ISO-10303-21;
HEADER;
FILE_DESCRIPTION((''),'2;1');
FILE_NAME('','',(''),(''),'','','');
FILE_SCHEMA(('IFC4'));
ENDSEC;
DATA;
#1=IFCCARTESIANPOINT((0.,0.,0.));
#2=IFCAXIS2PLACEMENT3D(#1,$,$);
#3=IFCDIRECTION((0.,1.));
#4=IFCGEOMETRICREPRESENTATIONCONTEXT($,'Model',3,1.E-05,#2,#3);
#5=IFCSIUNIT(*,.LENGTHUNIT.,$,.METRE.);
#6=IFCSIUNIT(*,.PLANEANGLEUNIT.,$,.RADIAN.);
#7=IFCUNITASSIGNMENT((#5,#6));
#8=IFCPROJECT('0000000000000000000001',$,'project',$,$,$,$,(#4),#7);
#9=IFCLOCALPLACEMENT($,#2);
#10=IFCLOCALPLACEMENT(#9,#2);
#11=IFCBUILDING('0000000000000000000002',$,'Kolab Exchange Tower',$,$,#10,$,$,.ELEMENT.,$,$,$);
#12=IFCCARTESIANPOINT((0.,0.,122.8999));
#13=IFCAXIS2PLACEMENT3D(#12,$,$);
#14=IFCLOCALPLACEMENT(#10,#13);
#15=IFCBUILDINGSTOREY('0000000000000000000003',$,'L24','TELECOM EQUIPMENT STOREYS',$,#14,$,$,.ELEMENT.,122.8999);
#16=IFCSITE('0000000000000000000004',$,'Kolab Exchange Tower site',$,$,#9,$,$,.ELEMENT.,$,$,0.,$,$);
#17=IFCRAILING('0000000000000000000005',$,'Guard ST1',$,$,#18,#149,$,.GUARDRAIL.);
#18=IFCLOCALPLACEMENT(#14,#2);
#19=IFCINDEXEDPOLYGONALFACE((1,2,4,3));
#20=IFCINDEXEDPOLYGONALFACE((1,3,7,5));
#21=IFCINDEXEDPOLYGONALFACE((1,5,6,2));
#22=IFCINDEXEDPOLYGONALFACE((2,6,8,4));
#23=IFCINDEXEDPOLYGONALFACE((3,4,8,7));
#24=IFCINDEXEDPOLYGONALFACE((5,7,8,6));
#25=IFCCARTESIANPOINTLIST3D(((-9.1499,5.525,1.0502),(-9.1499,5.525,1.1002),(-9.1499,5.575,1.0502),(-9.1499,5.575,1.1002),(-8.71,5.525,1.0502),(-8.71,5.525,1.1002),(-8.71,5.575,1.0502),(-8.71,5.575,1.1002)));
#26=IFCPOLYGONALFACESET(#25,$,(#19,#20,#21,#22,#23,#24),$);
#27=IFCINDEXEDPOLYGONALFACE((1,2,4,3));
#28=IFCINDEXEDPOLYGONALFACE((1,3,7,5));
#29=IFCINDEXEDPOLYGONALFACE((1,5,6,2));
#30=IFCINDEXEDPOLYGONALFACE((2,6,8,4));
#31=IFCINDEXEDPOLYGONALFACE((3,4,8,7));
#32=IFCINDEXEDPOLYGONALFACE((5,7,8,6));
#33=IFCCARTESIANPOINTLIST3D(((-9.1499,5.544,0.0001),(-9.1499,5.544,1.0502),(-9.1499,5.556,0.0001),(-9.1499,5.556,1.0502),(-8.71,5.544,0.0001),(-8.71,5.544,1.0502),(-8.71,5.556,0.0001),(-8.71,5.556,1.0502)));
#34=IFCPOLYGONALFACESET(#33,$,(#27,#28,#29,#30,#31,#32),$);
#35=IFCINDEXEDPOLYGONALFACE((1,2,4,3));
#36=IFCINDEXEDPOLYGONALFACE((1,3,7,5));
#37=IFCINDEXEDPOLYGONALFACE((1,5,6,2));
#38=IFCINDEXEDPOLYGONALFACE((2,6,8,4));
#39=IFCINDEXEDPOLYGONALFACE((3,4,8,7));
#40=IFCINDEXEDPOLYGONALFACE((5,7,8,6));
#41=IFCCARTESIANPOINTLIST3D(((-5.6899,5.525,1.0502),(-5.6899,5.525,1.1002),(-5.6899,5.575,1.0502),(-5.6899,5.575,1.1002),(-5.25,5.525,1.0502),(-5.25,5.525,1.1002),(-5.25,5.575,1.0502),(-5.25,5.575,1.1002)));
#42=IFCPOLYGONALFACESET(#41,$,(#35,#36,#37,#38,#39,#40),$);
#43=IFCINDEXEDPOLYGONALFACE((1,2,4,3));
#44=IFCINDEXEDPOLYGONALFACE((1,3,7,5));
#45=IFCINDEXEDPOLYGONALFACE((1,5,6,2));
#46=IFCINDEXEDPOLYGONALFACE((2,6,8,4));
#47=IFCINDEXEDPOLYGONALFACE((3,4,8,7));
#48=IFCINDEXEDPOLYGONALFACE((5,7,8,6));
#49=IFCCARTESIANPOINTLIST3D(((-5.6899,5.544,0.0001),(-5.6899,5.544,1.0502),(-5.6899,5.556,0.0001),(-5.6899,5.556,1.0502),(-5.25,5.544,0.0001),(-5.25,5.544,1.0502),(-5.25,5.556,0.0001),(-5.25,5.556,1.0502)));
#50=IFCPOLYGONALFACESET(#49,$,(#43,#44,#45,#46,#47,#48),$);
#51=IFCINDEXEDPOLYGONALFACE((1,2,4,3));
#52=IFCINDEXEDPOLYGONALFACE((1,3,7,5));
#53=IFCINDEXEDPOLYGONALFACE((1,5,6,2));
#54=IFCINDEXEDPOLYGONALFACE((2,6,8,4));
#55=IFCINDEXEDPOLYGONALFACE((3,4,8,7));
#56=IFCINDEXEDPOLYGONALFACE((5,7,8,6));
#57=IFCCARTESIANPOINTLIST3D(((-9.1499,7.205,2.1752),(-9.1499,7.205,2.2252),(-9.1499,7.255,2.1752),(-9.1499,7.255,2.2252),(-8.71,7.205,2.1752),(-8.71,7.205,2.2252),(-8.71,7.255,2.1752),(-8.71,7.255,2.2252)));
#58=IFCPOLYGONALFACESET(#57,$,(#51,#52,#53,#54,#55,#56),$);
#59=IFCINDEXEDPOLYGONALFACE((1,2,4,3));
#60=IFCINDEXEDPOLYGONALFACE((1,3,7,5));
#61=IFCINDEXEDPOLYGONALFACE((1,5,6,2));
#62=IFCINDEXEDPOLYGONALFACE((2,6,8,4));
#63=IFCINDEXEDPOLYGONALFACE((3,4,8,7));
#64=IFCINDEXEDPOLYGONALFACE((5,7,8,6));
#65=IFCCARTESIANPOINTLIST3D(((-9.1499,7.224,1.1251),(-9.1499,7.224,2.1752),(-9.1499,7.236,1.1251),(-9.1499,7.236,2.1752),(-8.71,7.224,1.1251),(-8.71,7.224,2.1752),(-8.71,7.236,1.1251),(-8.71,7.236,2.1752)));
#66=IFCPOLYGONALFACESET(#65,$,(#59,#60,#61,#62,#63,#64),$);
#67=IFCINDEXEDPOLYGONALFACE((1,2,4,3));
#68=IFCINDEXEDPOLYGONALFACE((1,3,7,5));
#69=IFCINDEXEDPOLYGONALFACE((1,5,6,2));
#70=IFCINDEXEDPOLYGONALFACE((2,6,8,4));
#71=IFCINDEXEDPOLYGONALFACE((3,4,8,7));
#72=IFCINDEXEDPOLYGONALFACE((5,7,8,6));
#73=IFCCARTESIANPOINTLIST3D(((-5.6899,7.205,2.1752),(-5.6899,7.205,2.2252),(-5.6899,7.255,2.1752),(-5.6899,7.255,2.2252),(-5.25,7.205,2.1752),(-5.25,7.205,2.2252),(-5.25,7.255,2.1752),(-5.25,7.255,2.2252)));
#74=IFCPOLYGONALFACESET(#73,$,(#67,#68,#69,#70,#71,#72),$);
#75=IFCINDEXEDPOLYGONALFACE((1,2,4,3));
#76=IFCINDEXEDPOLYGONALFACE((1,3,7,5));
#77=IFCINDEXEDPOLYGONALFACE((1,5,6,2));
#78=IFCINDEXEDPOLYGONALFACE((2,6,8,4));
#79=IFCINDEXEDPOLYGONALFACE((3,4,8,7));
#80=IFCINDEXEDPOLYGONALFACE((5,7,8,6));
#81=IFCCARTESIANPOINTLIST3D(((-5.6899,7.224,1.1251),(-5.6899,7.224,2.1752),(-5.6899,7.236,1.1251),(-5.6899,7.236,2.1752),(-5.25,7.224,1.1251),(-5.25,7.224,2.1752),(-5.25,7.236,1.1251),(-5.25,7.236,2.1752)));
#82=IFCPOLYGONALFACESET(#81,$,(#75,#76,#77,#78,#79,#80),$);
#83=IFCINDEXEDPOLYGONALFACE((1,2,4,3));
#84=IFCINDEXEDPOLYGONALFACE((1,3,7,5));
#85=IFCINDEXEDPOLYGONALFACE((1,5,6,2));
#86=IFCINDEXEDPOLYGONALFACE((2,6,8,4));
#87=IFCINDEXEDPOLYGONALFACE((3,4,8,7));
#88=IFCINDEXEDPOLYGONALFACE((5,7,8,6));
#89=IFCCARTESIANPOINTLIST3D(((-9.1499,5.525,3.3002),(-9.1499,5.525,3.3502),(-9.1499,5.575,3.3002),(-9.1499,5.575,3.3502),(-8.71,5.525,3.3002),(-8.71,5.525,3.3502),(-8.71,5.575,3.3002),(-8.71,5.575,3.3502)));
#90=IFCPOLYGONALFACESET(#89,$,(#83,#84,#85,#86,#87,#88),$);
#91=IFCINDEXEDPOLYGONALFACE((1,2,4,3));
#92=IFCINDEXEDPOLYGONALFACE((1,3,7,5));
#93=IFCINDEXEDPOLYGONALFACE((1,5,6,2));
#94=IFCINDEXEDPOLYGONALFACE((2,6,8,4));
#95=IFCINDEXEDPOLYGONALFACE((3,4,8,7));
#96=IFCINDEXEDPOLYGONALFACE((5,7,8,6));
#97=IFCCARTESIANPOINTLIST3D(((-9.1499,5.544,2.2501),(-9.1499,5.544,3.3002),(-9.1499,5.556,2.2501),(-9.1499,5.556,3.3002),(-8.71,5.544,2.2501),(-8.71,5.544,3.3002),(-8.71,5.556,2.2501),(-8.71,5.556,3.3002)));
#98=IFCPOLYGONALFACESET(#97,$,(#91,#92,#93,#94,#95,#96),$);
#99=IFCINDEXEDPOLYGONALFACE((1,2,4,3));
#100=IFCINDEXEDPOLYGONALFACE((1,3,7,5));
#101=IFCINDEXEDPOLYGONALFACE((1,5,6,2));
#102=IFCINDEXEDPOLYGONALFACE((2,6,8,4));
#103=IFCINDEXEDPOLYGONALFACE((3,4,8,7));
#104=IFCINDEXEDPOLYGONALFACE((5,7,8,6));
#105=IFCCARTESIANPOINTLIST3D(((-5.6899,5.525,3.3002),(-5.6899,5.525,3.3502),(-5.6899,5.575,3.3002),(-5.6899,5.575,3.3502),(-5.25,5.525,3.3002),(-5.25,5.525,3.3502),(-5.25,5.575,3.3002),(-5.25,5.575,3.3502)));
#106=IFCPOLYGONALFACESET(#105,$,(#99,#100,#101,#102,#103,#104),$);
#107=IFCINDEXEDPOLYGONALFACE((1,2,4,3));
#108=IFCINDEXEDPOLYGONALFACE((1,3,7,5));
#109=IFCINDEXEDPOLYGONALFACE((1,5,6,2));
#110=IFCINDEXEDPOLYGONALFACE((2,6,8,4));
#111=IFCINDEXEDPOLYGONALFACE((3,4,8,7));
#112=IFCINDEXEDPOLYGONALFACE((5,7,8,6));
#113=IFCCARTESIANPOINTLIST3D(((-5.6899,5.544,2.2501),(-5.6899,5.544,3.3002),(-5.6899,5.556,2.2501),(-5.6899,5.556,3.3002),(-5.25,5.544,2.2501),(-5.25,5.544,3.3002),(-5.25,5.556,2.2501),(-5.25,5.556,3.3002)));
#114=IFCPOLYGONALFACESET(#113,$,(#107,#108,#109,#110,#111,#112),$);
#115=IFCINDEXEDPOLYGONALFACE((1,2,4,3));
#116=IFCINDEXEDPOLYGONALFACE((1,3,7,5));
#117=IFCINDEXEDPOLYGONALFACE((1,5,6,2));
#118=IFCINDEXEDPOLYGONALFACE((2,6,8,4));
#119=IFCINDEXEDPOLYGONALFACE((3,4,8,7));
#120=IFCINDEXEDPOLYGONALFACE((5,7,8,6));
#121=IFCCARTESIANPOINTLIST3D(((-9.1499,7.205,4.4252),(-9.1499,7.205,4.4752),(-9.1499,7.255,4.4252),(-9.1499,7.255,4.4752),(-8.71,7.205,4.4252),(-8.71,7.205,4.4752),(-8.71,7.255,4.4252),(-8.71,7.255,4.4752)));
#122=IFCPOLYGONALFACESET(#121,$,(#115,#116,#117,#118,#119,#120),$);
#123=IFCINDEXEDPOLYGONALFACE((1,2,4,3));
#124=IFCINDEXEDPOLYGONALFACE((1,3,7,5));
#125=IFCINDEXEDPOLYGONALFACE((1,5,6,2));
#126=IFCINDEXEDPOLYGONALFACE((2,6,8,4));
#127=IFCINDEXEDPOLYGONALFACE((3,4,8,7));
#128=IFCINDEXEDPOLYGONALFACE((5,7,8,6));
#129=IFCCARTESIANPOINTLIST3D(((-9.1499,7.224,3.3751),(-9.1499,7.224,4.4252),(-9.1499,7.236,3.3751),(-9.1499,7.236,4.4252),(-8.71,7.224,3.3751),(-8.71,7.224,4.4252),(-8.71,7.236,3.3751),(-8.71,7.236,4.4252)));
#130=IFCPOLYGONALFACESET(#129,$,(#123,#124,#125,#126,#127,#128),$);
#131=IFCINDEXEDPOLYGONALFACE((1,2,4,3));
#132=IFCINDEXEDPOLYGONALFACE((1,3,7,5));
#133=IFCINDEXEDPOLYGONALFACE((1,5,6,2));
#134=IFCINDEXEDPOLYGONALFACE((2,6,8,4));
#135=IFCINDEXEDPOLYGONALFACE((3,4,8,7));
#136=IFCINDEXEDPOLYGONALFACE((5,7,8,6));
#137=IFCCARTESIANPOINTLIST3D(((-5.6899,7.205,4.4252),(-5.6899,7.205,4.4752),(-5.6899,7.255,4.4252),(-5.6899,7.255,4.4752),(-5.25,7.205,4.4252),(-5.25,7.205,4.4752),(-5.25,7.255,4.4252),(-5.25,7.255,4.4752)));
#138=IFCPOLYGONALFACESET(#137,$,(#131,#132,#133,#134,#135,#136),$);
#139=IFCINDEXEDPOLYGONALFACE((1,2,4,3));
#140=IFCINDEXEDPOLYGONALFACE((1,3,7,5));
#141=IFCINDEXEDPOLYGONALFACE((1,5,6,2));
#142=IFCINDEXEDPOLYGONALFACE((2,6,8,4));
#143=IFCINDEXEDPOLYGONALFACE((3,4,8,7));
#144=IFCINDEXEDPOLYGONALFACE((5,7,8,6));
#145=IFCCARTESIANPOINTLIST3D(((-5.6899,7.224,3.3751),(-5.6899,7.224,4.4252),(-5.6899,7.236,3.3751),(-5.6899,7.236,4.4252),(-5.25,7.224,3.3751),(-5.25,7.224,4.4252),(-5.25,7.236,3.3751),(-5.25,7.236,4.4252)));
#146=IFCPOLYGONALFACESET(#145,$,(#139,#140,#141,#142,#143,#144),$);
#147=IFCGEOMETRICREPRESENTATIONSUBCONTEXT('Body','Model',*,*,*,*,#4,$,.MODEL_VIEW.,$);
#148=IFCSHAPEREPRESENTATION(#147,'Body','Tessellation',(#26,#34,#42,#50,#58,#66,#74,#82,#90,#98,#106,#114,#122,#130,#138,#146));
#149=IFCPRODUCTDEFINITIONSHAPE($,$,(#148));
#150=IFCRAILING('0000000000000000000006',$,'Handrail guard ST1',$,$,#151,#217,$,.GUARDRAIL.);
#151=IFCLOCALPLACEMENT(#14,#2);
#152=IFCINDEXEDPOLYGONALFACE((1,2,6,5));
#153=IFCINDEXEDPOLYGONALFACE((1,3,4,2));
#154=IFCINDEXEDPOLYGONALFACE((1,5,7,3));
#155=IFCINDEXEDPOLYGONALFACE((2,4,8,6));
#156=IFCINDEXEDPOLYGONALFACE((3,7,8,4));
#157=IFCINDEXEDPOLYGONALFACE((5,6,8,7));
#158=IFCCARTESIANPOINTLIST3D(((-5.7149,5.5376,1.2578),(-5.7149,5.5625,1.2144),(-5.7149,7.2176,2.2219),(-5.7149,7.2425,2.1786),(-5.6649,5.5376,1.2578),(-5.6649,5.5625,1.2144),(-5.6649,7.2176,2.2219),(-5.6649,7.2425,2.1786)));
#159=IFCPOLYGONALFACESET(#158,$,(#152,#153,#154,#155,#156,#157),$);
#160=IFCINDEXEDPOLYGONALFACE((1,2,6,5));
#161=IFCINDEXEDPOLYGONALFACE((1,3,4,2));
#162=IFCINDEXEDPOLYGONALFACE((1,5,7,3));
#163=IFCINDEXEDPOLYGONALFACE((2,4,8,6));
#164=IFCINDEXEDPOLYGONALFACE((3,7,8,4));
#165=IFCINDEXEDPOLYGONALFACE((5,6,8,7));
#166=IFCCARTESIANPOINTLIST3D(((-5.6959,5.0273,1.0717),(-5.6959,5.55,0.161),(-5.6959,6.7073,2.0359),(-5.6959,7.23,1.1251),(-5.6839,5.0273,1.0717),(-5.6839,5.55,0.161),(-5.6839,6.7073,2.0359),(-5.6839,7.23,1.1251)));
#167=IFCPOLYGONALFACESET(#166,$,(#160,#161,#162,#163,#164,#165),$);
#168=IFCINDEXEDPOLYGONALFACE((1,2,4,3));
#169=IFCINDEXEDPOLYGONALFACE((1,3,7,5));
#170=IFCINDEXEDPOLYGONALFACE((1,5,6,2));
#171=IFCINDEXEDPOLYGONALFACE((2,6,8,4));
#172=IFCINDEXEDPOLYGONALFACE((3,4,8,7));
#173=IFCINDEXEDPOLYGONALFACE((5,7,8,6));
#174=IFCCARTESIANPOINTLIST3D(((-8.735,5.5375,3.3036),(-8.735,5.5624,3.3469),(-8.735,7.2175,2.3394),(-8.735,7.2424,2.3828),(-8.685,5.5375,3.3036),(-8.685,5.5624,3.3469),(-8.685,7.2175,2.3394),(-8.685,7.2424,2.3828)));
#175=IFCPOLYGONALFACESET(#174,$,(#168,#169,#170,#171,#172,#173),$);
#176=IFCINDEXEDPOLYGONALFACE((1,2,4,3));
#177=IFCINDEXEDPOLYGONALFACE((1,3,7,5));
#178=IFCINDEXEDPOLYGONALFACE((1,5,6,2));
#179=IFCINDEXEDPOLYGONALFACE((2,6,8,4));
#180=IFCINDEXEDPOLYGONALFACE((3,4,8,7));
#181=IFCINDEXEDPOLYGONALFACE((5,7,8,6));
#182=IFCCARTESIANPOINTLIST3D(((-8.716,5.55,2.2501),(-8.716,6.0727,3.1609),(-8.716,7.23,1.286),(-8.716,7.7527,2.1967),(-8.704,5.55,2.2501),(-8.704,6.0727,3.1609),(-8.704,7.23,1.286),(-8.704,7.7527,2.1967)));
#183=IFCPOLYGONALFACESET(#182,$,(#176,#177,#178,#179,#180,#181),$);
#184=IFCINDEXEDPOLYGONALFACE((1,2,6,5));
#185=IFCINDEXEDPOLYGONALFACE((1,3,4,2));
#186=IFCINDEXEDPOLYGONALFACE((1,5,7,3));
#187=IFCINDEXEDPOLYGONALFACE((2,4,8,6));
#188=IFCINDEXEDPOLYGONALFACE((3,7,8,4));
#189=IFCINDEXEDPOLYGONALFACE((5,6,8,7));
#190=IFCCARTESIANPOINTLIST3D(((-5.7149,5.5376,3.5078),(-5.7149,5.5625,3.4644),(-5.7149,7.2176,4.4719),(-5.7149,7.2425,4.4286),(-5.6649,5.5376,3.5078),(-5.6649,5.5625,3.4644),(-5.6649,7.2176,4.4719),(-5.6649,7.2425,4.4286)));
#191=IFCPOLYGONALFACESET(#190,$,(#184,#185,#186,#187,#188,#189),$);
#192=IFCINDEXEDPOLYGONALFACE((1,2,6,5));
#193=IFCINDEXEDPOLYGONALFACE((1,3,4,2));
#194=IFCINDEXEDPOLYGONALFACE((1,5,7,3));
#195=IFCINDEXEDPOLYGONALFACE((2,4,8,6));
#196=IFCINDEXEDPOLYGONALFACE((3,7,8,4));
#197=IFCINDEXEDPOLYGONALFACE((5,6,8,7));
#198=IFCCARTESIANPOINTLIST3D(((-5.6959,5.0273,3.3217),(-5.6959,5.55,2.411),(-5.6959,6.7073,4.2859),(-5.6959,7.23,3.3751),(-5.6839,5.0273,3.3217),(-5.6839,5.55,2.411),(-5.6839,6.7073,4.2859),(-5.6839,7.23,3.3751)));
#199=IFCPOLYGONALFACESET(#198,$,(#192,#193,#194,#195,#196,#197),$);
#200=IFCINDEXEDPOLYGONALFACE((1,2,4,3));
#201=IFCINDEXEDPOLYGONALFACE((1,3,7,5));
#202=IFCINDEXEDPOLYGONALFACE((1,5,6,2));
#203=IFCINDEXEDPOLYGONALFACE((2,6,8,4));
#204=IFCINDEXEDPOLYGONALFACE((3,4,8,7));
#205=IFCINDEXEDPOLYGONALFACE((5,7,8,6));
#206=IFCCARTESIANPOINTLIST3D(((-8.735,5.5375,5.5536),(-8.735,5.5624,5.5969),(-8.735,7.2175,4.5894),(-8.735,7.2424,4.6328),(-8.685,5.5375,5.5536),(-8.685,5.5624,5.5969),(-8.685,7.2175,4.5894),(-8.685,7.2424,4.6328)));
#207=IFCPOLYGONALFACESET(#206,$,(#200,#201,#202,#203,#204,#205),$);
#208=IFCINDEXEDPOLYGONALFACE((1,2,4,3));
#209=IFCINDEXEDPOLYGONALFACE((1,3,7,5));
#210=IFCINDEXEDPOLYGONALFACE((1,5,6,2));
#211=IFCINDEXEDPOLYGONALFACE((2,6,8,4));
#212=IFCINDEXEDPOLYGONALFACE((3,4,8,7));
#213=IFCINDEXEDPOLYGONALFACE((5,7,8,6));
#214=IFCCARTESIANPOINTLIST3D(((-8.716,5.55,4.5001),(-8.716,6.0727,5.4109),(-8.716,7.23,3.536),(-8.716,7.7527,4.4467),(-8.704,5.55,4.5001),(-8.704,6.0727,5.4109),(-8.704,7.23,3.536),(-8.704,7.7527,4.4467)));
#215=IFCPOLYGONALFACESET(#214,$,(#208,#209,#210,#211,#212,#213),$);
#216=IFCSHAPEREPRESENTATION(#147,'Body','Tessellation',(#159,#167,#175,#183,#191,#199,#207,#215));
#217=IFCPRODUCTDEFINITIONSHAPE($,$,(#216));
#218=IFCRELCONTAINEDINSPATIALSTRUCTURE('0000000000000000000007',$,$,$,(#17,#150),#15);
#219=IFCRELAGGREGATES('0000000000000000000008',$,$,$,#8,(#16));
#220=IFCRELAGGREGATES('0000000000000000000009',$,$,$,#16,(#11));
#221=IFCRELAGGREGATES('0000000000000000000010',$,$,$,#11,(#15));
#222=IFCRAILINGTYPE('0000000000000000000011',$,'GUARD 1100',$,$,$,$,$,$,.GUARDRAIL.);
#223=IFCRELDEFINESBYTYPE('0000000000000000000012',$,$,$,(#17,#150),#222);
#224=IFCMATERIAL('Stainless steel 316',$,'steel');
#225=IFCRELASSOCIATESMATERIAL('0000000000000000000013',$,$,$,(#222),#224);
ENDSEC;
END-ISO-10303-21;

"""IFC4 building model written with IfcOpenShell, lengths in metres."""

from ifc_helpers import new_model, si_unit, direction, frame, frame_2d, origin, origin_2d, place, context, subcontext, project, spatial, rectangle, extrude, material, type_object, element, save


model = new_model("IFC4")

# Units and contexts
model_context = context("Model", 3, precision=1e-05, world=origin(), true_north=direction((0.0, 1.0)))
body_context = subcontext(model_context, "Body", "Model", "MODEL_VIEW")
ifc_project = project(units=[si_unit("LENGTHUNIT", "METRE"), si_unit("PLANEANGLEUNIT", "RADIAN")], contexts=[model_context])

# Site, building, storey
site_placement = place(None, origin())
site = spatial("IfcSite", under=ifc_project, at=site_placement, Name="Kolab Exchange Tower site", CompositionType="ELEMENT", RefElevation=0.0)
building_placement = place(site_placement, origin())
building = spatial("IfcBuilding", under=site, at=building_placement, Name="Kolab Exchange Tower", CompositionType="ELEMENT")
storey_placement = place(building_placement, frame((0.0, 0.0, 122.8999)))
storey = spatial("IfcBuildingStorey", under=building, at=storey_placement, Name="L24", Description="TELECOM EQUIPMENT STOREYS", CompositionType="ELEMENT", Elevation=122.8999)

# Railings
ifc_material_1 = material(Name="Stainless steel 316", Category="steel")
railing_type = type_object("IfcRailingType", Name="GUARD 1100", PredefinedType="GUARDRAIL", material=ifc_material_1)
railing_1_placement = place(storey_placement, frame((-9.1499, 5.55, 0.0)))
element("IfcRailing", 1, at=railing_1_placement, inside=storey, type_object=railing_type, Name="Guard ST1", PredefinedType="GUARDRAIL", context=body_context, shape_type="SweptSolid", body=[
    extrude(rectangle(XDim=0.05, YDim=0.05, at=origin_2d()), frame((0.0, 0.0, 1.0752), z_axis=(1.0, 0.0, 0.0), x_axis=(0.0, 1.0, 0.0)), (0.0, 0.0, 1.0), 0.4399),
    extrude(rectangle(XDim=0.012, YDim=1.0501, at=frame_2d((0.0, 0.5251))), frame((0.0, 0.0, 0.0), z_axis=(1.0, 0.0, 0.0), x_axis=(0.0, 1.0, 0.0)), (0.0, 0.0, 1.0), 0.4399),
    extrude(rectangle(XDim=0.05, YDim=0.05, at=origin_2d()), frame((3.46, 0.0, 1.0752), z_axis=(1.0, 0.0, 0.0), x_axis=(0.0, 1.0, 0.0)), (0.0, 0.0, 1.0), 0.4399),
    extrude(rectangle(XDim=0.012, YDim=1.0501, at=frame_2d((0.0, 0.5251))), frame((3.46, 0.0, 0.0), z_axis=(1.0, 0.0, 0.0), x_axis=(0.0, 1.0, 0.0)), (0.0, 0.0, 1.0), 0.4399),
    extrude(rectangle(XDim=0.05, YDim=0.05, at=origin_2d()), frame((0.0, 1.6799, 2.2002), z_axis=(1.0, 0.0, 0.0), x_axis=(0.0, 1.0, 0.0)), (0.0, 0.0, 1.0), 0.4399),
    extrude(rectangle(XDim=0.012, YDim=1.0501, at=frame_2d((0.0, 0.5251))), frame((0.0, 1.6799, 1.125), z_axis=(1.0, 0.0, 0.0), x_axis=(0.0, 1.0, 0.0)), (0.0, 0.0, 1.0), 0.4399),
    extrude(rectangle(XDim=0.05, YDim=0.05, at=origin_2d()), frame((3.46, 1.6799, 2.2002), z_axis=(1.0, 0.0, 0.0), x_axis=(0.0, 1.0, 0.0)), (0.0, 0.0, 1.0), 0.4399),
    extrude(rectangle(XDim=0.012, YDim=1.0501, at=frame_2d((0.0, 0.5251))), frame((3.46, 1.6799, 1.125), z_axis=(1.0, 0.0, 0.0), x_axis=(0.0, 1.0, 0.0)), (0.0, 0.0, 1.0), 0.4399),
    extrude(rectangle(XDim=0.05, YDim=0.05, at=origin_2d()), frame((0.0, 0.0, 3.3252), z_axis=(1.0, 0.0, 0.0), x_axis=(0.0, 1.0, 0.0)), (0.0, 0.0, 1.0), 0.4399),
    extrude(rectangle(XDim=0.012, YDim=1.0501, at=frame_2d((0.0, 0.5251))), frame((0.0, 0.0, 2.25), z_axis=(1.0, 0.0, 0.0), x_axis=(0.0, 1.0, 0.0)), (0.0, 0.0, 1.0), 0.4399),
    extrude(rectangle(XDim=0.05, YDim=0.05, at=origin_2d()), frame((3.46, 0.0, 3.3252), z_axis=(1.0, 0.0, 0.0), x_axis=(0.0, 1.0, 0.0)), (0.0, 0.0, 1.0), 0.4399),
    extrude(rectangle(XDim=0.012, YDim=1.0501, at=frame_2d((0.0, 0.5251))), frame((3.46, 0.0, 2.25), z_axis=(1.0, 0.0, 0.0), x_axis=(0.0, 1.0, 0.0)), (0.0, 0.0, 1.0), 0.4399),
    extrude(rectangle(XDim=0.05, YDim=0.05, at=origin_2d()), frame((0.0, 1.6799, 4.4502), z_axis=(1.0, 0.0, 0.0), x_axis=(0.0, 1.0, 0.0)), (0.0, 0.0, 1.0), 0.4399),
    extrude(rectangle(XDim=0.012, YDim=1.0501, at=frame_2d((0.0, 0.5251))), frame((0.0, 1.6799, 3.375), z_axis=(1.0, 0.0, 0.0), x_axis=(0.0, 1.0, 0.0)), (0.0, 0.0, 1.0), 0.4399),
    extrude(rectangle(XDim=0.05, YDim=0.05, at=origin_2d()), frame((3.46, 1.6799, 4.4502), z_axis=(1.0, 0.0, 0.0), x_axis=(0.0, 1.0, 0.0)), (0.0, 0.0, 1.0), 0.4399),
    extrude(rectangle(XDim=0.012, YDim=1.0501, at=frame_2d((0.0, 0.5251))), frame((3.46, 1.6799, 3.375), z_axis=(1.0, 0.0, 0.0), x_axis=(0.0, 1.0, 0.0)), (0.0, 0.0, 1.0), 0.4399),
])
railing_2_placement = place(storey_placement, frame((-5.6899, 5.55, 0.1609)))
element("IfcRailing", 2, at=railing_2_placement, inside=storey, type_object=railing_type, Name="Handrail guard ST1", PredefinedType="GUARDRAIL", context=body_context, shape_type="SweptSolid", body=[
    extrude(rectangle(XDim=0.05, YDim=0.05, at=origin_2d()), frame((0.0, 0.0, 1.0752), z_axis=(0.0, 0.867319, 0.497753), x_axis=(-1.0, 0.0, 0.0)), (0.0, 0.0, 1.0), 1.937),
    extrude(rectangle(XDim=0.012, YDim=1.0501, at=frame_2d((0.0, 0.5251))), frame((0.0, 0.0, 0.0), z_axis=(0.0, 0.867319, 0.497753), x_axis=(-1.0, 0.0, 0.0)), (0.0, 0.0, 1.0), 1.937),
    extrude(rectangle(XDim=0.05, YDim=0.05, at=origin_2d()), frame((-3.02, 1.6799, 2.2002), z_axis=(0.0, -0.867319, 0.497753), x_axis=(1.0, 0.0, 0.0)), (0.0, 0.0, 1.0), 1.937),
    extrude(rectangle(XDim=0.012, YDim=1.0501, at=frame_2d((0.0, 0.5251))), frame((-3.02, 1.6799, 1.125), z_axis=(0.0, -0.867319, 0.497753), x_axis=(1.0, 0.0, 0.0)), (0.0, 0.0, 1.0), 1.937),
    extrude(rectangle(XDim=0.05, YDim=0.05, at=origin_2d()), frame((0.0, 0.0, 3.3252), z_axis=(0.0, 0.867319, 0.497753), x_axis=(-1.0, 0.0, 0.0)), (0.0, 0.0, 1.0), 1.937),
    extrude(rectangle(XDim=0.012, YDim=1.0501, at=frame_2d((0.0, 0.5251))), frame((0.0, 0.0, 2.25), z_axis=(0.0, 0.867319, 0.497753), x_axis=(-1.0, 0.0, 0.0)), (0.0, 0.0, 1.0), 1.937),
    extrude(rectangle(XDim=0.05, YDim=0.05, at=origin_2d()), frame((-3.02, 1.6799, 4.4502), z_axis=(0.0, -0.867319, 0.497753), x_axis=(1.0, 0.0, 0.0)), (0.0, 0.0, 1.0), 1.937),
    extrude(rectangle(XDim=0.012, YDim=1.0501, at=frame_2d((0.0, 0.5251))), frame((-3.02, 1.6799, 3.375), z_axis=(0.0, -0.867319, 0.497753), x_axis=(1.0, 0.0, 0.0)), (0.0, 0.0, 1.0), 1.937),
])

save(model, "model.ifc")
